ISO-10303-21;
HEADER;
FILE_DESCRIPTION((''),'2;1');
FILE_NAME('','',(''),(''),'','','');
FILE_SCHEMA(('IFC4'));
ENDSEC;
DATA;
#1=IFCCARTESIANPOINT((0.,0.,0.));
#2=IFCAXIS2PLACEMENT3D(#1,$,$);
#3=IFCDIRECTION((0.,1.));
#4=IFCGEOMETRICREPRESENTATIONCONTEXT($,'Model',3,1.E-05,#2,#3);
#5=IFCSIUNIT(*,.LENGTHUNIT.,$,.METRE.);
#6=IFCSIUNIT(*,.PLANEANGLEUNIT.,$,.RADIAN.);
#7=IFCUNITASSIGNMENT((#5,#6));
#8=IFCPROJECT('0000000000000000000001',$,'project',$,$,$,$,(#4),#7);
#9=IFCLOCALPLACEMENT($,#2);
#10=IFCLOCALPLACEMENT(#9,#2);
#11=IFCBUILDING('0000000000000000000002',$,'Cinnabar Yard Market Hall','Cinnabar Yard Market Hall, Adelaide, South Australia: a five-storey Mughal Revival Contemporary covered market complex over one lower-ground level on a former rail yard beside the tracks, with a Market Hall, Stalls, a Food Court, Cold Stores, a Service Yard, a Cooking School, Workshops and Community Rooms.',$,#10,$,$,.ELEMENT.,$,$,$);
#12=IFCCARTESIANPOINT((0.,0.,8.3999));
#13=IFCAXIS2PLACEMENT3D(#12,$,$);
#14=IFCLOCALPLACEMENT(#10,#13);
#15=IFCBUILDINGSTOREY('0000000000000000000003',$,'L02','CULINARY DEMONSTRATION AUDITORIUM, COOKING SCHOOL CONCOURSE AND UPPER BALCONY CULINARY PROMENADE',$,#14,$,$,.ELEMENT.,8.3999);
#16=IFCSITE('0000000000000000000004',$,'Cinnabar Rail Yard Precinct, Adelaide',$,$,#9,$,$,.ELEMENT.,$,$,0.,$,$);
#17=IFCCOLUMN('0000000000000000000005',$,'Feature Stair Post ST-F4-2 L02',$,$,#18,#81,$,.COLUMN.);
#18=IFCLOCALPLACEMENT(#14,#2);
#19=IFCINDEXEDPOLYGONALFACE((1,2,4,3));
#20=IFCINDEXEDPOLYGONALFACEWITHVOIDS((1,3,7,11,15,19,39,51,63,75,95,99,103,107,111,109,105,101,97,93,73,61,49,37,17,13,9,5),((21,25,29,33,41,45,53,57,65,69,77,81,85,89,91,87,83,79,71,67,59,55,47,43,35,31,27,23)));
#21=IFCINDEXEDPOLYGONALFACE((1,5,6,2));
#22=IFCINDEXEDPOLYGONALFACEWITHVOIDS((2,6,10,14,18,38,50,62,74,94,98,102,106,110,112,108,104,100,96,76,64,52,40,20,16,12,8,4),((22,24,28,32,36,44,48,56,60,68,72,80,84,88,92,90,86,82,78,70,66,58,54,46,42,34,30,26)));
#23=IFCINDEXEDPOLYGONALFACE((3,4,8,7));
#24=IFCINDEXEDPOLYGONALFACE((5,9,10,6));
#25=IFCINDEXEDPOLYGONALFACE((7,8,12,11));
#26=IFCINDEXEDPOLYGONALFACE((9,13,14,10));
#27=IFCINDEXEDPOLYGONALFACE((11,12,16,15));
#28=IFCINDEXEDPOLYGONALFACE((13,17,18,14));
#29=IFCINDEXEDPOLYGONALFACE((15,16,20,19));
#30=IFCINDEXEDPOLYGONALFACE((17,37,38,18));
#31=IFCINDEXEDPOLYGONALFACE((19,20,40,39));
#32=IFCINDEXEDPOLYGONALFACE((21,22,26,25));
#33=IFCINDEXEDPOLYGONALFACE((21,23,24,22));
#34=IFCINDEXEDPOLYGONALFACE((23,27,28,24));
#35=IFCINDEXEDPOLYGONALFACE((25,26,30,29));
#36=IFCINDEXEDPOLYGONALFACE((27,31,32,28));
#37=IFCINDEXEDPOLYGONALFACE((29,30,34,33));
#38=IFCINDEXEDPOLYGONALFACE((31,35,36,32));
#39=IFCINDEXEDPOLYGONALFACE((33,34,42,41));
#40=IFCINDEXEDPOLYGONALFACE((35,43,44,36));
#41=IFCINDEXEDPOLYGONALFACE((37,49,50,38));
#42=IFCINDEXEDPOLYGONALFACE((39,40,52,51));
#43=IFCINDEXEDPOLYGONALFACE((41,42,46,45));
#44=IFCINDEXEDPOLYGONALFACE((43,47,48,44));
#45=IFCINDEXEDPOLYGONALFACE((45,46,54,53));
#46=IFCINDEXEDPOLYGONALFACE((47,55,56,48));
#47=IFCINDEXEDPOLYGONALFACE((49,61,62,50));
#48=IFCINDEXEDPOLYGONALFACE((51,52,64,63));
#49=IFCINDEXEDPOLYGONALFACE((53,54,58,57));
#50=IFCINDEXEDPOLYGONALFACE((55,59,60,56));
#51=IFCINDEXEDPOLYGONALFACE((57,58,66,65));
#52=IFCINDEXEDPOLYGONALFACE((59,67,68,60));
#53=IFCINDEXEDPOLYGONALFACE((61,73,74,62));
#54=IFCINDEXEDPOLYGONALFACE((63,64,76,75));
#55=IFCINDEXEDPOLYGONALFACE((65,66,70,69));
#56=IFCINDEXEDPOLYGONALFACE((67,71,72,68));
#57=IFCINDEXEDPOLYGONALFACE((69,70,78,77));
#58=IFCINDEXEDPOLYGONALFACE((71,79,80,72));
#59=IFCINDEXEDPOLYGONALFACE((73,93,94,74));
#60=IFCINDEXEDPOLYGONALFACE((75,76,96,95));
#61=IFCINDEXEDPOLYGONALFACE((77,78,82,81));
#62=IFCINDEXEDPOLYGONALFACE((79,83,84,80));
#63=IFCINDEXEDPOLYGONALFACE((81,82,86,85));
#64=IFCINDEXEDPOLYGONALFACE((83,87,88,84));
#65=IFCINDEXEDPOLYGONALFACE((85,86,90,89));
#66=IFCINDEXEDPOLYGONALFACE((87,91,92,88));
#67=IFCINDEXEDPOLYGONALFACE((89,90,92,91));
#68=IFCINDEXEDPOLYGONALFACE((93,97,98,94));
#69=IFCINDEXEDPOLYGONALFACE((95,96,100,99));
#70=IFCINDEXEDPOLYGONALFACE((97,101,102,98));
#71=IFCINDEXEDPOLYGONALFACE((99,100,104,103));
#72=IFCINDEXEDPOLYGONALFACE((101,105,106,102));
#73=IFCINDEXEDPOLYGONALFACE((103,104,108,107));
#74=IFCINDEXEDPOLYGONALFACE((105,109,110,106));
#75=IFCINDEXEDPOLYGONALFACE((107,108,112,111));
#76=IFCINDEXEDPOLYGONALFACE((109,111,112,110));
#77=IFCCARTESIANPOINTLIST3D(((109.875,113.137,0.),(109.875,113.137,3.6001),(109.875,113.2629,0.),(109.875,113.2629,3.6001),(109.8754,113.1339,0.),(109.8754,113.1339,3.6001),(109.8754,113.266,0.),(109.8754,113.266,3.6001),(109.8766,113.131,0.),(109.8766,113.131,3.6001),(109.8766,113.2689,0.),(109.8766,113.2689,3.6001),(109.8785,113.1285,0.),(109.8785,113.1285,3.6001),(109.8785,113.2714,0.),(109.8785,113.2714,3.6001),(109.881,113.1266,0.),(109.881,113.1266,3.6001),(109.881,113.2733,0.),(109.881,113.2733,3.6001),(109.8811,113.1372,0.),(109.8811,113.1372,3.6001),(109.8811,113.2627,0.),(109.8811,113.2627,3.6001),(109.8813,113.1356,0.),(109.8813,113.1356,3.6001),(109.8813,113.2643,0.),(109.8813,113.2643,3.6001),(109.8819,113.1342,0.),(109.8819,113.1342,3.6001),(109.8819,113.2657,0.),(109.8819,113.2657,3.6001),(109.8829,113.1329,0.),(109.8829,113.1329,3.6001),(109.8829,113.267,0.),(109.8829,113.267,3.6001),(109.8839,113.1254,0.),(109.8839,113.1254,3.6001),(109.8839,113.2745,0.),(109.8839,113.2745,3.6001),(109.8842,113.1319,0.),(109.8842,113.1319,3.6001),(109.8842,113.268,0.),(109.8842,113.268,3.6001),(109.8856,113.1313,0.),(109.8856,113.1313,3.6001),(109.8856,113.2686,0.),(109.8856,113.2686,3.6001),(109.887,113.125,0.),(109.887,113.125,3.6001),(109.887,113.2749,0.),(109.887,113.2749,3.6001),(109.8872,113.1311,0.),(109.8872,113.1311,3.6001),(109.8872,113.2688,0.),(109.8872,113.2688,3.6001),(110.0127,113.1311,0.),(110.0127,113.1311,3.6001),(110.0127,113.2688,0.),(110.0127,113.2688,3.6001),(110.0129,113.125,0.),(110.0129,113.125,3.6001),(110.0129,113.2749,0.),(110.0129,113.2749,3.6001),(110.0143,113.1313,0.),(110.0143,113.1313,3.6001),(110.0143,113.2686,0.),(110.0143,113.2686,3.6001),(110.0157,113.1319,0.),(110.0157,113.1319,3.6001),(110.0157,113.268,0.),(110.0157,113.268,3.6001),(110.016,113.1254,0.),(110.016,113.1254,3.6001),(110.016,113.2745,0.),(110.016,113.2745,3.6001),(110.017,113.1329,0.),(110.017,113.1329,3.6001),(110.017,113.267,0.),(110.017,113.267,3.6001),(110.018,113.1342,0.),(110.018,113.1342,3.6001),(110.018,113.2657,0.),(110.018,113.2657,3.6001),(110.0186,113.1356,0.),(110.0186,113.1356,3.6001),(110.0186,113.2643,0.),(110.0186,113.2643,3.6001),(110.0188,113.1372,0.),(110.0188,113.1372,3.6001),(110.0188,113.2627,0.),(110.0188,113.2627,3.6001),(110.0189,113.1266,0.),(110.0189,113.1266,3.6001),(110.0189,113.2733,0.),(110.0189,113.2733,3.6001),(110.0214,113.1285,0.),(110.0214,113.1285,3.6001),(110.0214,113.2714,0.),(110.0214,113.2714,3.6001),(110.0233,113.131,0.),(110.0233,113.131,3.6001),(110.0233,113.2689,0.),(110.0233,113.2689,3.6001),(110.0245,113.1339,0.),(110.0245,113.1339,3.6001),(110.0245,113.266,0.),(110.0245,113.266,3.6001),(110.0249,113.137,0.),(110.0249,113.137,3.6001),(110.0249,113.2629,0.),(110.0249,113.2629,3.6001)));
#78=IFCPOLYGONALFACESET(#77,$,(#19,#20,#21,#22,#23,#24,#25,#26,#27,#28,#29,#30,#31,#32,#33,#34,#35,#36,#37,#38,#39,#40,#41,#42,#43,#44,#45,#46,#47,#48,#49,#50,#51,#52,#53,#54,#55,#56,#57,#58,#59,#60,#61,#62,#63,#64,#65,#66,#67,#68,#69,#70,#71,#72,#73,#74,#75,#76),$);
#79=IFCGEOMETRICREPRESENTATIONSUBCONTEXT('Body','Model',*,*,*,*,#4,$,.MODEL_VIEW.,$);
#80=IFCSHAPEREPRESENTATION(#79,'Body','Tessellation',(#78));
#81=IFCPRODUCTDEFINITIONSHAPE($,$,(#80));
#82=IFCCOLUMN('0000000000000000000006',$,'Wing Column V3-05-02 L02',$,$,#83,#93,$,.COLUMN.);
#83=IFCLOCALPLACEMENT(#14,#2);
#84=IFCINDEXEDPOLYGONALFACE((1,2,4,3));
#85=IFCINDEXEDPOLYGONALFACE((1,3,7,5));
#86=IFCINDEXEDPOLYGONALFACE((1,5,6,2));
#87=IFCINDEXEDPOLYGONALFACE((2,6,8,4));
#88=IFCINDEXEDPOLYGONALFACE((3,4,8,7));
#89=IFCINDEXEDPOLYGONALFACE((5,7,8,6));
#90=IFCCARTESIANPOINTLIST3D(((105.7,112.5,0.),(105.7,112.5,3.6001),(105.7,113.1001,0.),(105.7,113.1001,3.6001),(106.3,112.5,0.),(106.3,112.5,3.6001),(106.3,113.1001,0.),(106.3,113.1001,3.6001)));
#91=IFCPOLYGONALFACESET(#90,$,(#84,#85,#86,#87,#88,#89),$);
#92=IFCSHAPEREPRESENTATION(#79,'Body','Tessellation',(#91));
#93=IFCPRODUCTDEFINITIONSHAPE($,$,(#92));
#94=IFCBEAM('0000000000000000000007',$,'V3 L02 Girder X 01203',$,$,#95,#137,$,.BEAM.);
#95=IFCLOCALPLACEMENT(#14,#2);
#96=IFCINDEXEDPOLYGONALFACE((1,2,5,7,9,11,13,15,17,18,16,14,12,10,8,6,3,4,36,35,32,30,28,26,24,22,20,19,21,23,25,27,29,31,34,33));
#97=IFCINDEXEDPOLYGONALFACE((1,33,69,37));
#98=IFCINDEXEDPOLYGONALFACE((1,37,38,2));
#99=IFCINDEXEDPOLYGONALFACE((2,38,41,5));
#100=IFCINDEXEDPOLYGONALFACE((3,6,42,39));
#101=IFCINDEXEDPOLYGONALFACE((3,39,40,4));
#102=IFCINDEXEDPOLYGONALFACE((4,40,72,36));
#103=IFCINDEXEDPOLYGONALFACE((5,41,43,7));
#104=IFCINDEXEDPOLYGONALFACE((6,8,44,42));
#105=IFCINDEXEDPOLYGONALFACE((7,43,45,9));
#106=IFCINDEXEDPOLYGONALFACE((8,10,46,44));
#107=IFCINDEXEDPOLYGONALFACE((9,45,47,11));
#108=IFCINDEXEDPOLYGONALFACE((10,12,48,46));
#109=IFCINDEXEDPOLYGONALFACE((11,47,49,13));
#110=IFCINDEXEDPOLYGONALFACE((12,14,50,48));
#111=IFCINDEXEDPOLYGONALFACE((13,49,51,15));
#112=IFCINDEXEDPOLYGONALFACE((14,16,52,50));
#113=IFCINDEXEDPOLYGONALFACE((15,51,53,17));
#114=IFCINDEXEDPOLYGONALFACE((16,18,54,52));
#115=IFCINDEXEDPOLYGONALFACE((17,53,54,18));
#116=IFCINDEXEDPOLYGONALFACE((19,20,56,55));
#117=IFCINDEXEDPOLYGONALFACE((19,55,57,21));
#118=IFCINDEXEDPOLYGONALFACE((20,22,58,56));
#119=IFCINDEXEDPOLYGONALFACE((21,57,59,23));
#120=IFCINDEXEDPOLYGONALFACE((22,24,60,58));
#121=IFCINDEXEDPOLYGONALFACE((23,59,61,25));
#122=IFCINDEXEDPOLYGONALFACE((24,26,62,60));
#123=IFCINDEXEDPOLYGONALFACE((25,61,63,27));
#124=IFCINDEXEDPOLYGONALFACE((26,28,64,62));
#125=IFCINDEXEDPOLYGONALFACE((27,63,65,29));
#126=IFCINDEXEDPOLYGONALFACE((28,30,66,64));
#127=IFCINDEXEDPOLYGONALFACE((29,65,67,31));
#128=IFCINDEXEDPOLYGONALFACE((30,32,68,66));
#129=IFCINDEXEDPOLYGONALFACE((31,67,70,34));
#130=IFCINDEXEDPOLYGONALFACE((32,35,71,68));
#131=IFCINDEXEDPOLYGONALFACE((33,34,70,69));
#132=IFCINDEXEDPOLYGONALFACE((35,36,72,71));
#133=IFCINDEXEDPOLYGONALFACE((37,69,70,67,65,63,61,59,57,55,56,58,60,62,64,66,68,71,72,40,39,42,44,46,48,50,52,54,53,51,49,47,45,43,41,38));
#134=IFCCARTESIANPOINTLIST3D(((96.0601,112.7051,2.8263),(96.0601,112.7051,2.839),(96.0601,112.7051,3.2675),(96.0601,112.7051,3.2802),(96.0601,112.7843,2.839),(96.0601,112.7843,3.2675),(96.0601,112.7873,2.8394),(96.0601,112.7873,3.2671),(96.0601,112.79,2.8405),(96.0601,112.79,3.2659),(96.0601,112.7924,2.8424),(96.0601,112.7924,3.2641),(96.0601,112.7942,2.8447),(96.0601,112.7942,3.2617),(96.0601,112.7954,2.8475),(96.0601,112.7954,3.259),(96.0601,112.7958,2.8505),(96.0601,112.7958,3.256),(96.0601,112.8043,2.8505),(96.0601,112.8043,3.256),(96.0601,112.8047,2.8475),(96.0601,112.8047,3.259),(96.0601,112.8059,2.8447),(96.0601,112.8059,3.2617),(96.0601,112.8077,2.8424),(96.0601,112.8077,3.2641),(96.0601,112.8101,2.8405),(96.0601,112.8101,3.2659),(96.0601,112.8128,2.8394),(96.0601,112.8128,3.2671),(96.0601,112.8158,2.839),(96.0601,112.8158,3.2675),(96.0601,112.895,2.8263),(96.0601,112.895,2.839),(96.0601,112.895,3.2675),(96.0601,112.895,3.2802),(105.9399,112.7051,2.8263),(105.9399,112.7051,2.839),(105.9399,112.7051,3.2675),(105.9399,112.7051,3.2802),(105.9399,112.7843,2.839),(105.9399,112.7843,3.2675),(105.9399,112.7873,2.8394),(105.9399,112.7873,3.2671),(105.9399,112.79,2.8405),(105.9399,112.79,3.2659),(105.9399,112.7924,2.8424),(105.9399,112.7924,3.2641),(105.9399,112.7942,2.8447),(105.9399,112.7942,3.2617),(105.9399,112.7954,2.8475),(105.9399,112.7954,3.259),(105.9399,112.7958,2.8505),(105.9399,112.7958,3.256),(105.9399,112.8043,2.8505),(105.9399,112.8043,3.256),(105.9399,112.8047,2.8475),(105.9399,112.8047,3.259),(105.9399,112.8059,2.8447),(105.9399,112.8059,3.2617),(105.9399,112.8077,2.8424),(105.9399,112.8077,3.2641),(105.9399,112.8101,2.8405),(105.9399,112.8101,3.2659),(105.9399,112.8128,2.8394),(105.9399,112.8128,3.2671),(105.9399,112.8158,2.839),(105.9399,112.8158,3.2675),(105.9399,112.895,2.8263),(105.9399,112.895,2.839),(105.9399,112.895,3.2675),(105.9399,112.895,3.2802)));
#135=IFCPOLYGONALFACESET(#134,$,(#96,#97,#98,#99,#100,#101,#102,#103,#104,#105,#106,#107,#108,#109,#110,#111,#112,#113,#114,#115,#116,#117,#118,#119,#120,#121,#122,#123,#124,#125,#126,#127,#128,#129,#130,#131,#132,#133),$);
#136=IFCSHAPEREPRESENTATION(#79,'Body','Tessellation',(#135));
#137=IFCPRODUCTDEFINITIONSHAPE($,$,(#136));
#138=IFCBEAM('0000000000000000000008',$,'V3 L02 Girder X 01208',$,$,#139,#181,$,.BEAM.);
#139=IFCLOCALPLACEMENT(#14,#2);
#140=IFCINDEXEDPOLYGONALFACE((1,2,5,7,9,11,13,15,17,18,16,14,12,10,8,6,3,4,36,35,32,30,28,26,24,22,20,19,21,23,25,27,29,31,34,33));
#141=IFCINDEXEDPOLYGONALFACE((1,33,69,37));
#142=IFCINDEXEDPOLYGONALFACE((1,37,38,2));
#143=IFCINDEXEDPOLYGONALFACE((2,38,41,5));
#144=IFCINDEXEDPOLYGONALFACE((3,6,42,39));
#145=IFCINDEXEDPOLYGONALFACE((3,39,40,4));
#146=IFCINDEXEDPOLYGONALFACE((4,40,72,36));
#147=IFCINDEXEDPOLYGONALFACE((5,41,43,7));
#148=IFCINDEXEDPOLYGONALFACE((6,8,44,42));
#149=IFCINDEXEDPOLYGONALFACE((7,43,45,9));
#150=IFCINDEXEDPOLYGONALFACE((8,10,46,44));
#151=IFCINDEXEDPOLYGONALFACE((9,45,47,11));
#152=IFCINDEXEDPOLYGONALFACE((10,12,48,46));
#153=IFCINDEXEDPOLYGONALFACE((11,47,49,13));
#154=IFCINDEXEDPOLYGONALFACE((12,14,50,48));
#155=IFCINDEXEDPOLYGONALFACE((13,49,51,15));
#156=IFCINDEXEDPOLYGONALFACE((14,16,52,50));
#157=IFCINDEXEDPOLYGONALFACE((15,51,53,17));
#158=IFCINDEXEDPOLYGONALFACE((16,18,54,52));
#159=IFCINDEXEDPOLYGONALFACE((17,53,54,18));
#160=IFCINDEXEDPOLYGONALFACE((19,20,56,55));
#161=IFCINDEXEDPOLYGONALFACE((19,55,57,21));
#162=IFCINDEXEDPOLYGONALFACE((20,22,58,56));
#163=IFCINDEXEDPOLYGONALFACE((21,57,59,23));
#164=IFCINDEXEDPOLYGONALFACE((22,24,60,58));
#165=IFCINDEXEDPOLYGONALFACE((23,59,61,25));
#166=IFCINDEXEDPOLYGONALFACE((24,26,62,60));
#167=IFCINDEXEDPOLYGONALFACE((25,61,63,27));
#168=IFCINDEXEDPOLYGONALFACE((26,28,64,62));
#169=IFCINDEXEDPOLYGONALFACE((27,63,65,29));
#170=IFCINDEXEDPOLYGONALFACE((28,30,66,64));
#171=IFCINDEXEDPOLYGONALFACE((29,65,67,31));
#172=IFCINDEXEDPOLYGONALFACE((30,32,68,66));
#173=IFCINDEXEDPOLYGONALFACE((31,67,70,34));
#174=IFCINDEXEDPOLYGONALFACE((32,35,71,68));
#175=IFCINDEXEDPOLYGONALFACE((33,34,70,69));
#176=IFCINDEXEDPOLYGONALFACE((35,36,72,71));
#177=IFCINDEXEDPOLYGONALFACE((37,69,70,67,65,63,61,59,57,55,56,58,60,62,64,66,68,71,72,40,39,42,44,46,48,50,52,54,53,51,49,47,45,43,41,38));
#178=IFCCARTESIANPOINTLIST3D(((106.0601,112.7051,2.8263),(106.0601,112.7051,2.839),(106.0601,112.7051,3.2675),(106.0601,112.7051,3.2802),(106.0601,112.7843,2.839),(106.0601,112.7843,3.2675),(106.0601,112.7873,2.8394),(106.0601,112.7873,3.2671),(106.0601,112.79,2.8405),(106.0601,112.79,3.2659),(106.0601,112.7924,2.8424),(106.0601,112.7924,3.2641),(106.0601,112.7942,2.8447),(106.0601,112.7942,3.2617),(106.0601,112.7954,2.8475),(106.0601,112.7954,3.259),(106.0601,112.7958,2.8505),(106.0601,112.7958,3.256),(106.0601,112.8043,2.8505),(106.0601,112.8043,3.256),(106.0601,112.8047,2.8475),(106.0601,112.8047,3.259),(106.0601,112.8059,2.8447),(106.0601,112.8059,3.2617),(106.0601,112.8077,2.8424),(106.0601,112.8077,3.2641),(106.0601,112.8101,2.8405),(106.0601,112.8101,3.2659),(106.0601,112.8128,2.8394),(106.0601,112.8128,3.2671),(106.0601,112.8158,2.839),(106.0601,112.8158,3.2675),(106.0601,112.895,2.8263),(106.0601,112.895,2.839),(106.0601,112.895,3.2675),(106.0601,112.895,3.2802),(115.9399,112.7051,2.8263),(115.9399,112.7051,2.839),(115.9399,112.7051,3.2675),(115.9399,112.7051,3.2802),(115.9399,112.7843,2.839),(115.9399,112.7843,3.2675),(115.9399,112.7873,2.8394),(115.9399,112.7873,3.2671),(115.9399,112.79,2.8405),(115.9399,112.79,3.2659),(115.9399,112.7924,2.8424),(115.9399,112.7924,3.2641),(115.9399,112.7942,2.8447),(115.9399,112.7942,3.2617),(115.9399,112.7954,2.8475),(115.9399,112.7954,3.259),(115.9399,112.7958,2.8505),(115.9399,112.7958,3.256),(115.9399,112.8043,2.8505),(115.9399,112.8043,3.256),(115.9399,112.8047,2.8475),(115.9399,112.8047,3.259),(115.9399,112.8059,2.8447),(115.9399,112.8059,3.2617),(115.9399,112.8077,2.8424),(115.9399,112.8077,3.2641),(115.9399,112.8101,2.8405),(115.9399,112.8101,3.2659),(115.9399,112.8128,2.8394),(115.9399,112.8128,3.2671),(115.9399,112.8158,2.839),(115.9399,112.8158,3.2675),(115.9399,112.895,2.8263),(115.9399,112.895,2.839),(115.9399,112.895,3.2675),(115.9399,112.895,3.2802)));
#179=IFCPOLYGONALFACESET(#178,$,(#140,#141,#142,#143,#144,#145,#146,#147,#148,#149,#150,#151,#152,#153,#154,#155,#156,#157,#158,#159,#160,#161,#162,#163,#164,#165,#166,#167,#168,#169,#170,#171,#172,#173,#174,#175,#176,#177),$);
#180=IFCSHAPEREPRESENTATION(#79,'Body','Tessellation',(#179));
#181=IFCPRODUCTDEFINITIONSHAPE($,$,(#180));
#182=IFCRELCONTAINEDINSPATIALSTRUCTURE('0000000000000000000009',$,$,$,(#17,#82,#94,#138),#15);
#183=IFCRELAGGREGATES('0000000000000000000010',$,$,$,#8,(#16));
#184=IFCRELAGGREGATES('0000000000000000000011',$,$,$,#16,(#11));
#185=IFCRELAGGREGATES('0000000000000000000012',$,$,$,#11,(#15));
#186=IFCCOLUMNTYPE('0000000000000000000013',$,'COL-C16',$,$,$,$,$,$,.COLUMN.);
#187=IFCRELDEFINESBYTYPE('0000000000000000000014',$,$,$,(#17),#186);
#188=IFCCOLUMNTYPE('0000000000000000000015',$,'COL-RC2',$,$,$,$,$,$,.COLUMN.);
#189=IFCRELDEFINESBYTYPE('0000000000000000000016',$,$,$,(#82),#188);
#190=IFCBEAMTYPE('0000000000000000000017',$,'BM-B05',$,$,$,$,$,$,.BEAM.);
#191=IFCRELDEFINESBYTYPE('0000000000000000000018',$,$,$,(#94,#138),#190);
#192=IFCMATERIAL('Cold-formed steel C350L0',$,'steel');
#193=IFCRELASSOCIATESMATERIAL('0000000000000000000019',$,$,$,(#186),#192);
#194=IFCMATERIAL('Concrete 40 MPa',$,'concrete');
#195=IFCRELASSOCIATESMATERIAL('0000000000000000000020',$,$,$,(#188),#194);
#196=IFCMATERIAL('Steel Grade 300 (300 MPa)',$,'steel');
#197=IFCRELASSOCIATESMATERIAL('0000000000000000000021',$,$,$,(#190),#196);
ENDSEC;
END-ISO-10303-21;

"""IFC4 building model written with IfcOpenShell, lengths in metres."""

from ifc_helpers import new_model, si_unit, direction, frame, origin, origin_2d_with_axis, place, context, subcontext, project, spatial, rectangle, hollow_rectangle, i_section, extrude, material, material_profile, profile_set, type_object, element, save


model = new_model("IFC4")

# Units and contexts
model_context = context("Model", 3, precision=1e-05, world=origin(), true_north=direction((0.0, 1.0)))
body_context = subcontext(model_context, "Body", "Model", "MODEL_VIEW")
ifc_project = project(units=[si_unit("LENGTHUNIT", "METRE"), si_unit("PLANEANGLEUNIT", "RADIAN")], contexts=[model_context])

# Site, building, storey
site_placement = place(None, origin())
site = spatial("IfcSite", under=ifc_project, at=site_placement, Name="Cinnabar Rail Yard Precinct, Adelaide", CompositionType="ELEMENT", RefElevation=0.0)
building_placement = place(site_placement, origin())
building = spatial("IfcBuilding", under=site, at=building_placement, Name="Cinnabar Yard Market Hall", Description="Cinnabar Yard Market Hall, Adelaide, South Australia: a five-storey Mughal Revival Contemporary covered market complex over one lower-ground level on a former rail yard beside the tracks, with a Market Hall, Stalls, a Food Court, Cold Stores, a Service Yard, a Cooking School, Workshops and Community Rooms.", CompositionType="ELEMENT")
storey_placement = place(building_placement, frame((0.0, 0.0, 8.3999)))
storey = spatial("IfcBuildingStorey", under=building, at=storey_placement, Name="L02", Description="CULINARY DEMONSTRATION AUDITORIUM, COOKING SCHOOL CONCOURSE AND UPPER BALCONY CULINARY PROMENADE", CompositionType="ELEMENT", Elevation=8.3999)

# Columns
ifc_material_1 = material(Name="Steel Grade 300 (300 MPa)", Category="steel")
ifc_material_2 = material(Name="Cold-formed steel C350L0", Category="steel")
ifc_material_profile_1 = material_profile(ifc_material_2, hollow_rectangle(XDim=0.1499, YDim=0.1499, WallThickness=0.0061, InnerFilletRadius=0.0061, OuterFilletRadius=0.012, at=origin_2d_with_axis()), Name="150x150x6.0SHS")
ifc_profile_set_1 = profile_set([ifc_material_profile_1], Name="Cold-formed steel C350L0")
column_type_1 = type_object("IfcColumnType", Name="COL-C16", PredefinedType="COLUMN", material=ifc_profile_set_1)
for number, where, z_axis, x_axis, name in (
    (1, (109.95, 113.2, 0.0), (0.0, 0.0, 1.0), (1.0, 0.0, 0.0), "Feature Stair Post ST-F4-2 L02"),
):
    element("IfcColumn", number, at=place(storey_placement, frame(where, z_axis=z_axis, x_axis=x_axis)), inside=storey, type_object=column_type_1, Name=name, PredefinedType="COLUMN", context=body_context, shape_type="SweptSolid", body=[
        extrude(hollow_rectangle(XDim=0.1499, YDim=0.1499, WallThickness=0.0061, InnerFilletRadius=0.0061, OuterFilletRadius=0.012, at=origin_2d_with_axis()), origin(), (0.0, 0.0, 1.0), 3.6001),
    ])
ifc_material_3 = material(Name="Concrete 40 MPa", Category="concrete")
ifc_material_profile_2 = material_profile(ifc_material_3, rectangle(XDim=0.6001, YDim=0.6001, at=origin_2d_with_axis()), Name="RC-600x600")
ifc_profile_set_2 = profile_set([ifc_material_profile_2], Name="Concrete 40 MPa")
column_type_2 = type_object("IfcColumnType", Name="COL-RC2", PredefinedType="COLUMN", material=ifc_profile_set_2)
column_1_placement = place(storey_placement, frame((106.0, 112.8, 0.0), z_axis=(0.0, 0.0, 1.0), x_axis=(1.0, 0.0, 0.0)))
element("IfcColumn", 2, at=column_1_placement, inside=storey, type_object=column_type_2, Name="Wing Column V3-05-02 L02", PredefinedType="COLUMN", context=body_context, shape_type="SweptSolid", body=[
    extrude(rectangle(XDim=0.6001, YDim=0.6001, at=origin_2d_with_axis()), origin(), (0.0, 0.0, 1.0), 3.6001),
])

# Beams
ifc_material_profile_3 = material_profile(ifc_material_1, i_section(OverallWidth=0.1899, OverallDepth=0.4539, WebThickness=0.0085, FlangeThickness=0.0127, FilletRadius=0.0115, at=origin_2d_with_axis()), Name="460UB67.1")
ifc_profile_set_3 = profile_set([ifc_material_profile_3], Name="Steel Grade 300 (300 MPa)")
beam_type_1 = type_object("IfcBeamType", Name="BM-B05", PredefinedType="BEAM", material=ifc_profile_set_3)
for number, where, z_axis, x_axis, name in (
    (3, (96.0601, 112.8, 3.0532), (1.0, 0.0, 0.0), (0.0, 1.0, 0.0), "V3 L02 Girder X 01203"),
    (4, (106.0601, 112.8, 3.0532), (1.0, 0.0, 0.0), (0.0, 1.0, 0.0), "V3 L02 Girder X 01208"),
):
    element("IfcBeam", number, at=place(storey_placement, frame(where, z_axis=z_axis, x_axis=x_axis)), inside=storey, type_object=beam_type_1, Name=name, PredefinedType="BEAM", context=body_context, shape_type="SweptSolid", body=[
        extrude(i_section(OverallWidth=0.1899, OverallDepth=0.4539, WebThickness=0.0085, FlangeThickness=0.0127, FilletRadius=0.0115, at=origin_2d_with_axis()), origin(), (0.0, 0.0, 1.0), 9.8799),
    ])

save(model, "model.ifc")
